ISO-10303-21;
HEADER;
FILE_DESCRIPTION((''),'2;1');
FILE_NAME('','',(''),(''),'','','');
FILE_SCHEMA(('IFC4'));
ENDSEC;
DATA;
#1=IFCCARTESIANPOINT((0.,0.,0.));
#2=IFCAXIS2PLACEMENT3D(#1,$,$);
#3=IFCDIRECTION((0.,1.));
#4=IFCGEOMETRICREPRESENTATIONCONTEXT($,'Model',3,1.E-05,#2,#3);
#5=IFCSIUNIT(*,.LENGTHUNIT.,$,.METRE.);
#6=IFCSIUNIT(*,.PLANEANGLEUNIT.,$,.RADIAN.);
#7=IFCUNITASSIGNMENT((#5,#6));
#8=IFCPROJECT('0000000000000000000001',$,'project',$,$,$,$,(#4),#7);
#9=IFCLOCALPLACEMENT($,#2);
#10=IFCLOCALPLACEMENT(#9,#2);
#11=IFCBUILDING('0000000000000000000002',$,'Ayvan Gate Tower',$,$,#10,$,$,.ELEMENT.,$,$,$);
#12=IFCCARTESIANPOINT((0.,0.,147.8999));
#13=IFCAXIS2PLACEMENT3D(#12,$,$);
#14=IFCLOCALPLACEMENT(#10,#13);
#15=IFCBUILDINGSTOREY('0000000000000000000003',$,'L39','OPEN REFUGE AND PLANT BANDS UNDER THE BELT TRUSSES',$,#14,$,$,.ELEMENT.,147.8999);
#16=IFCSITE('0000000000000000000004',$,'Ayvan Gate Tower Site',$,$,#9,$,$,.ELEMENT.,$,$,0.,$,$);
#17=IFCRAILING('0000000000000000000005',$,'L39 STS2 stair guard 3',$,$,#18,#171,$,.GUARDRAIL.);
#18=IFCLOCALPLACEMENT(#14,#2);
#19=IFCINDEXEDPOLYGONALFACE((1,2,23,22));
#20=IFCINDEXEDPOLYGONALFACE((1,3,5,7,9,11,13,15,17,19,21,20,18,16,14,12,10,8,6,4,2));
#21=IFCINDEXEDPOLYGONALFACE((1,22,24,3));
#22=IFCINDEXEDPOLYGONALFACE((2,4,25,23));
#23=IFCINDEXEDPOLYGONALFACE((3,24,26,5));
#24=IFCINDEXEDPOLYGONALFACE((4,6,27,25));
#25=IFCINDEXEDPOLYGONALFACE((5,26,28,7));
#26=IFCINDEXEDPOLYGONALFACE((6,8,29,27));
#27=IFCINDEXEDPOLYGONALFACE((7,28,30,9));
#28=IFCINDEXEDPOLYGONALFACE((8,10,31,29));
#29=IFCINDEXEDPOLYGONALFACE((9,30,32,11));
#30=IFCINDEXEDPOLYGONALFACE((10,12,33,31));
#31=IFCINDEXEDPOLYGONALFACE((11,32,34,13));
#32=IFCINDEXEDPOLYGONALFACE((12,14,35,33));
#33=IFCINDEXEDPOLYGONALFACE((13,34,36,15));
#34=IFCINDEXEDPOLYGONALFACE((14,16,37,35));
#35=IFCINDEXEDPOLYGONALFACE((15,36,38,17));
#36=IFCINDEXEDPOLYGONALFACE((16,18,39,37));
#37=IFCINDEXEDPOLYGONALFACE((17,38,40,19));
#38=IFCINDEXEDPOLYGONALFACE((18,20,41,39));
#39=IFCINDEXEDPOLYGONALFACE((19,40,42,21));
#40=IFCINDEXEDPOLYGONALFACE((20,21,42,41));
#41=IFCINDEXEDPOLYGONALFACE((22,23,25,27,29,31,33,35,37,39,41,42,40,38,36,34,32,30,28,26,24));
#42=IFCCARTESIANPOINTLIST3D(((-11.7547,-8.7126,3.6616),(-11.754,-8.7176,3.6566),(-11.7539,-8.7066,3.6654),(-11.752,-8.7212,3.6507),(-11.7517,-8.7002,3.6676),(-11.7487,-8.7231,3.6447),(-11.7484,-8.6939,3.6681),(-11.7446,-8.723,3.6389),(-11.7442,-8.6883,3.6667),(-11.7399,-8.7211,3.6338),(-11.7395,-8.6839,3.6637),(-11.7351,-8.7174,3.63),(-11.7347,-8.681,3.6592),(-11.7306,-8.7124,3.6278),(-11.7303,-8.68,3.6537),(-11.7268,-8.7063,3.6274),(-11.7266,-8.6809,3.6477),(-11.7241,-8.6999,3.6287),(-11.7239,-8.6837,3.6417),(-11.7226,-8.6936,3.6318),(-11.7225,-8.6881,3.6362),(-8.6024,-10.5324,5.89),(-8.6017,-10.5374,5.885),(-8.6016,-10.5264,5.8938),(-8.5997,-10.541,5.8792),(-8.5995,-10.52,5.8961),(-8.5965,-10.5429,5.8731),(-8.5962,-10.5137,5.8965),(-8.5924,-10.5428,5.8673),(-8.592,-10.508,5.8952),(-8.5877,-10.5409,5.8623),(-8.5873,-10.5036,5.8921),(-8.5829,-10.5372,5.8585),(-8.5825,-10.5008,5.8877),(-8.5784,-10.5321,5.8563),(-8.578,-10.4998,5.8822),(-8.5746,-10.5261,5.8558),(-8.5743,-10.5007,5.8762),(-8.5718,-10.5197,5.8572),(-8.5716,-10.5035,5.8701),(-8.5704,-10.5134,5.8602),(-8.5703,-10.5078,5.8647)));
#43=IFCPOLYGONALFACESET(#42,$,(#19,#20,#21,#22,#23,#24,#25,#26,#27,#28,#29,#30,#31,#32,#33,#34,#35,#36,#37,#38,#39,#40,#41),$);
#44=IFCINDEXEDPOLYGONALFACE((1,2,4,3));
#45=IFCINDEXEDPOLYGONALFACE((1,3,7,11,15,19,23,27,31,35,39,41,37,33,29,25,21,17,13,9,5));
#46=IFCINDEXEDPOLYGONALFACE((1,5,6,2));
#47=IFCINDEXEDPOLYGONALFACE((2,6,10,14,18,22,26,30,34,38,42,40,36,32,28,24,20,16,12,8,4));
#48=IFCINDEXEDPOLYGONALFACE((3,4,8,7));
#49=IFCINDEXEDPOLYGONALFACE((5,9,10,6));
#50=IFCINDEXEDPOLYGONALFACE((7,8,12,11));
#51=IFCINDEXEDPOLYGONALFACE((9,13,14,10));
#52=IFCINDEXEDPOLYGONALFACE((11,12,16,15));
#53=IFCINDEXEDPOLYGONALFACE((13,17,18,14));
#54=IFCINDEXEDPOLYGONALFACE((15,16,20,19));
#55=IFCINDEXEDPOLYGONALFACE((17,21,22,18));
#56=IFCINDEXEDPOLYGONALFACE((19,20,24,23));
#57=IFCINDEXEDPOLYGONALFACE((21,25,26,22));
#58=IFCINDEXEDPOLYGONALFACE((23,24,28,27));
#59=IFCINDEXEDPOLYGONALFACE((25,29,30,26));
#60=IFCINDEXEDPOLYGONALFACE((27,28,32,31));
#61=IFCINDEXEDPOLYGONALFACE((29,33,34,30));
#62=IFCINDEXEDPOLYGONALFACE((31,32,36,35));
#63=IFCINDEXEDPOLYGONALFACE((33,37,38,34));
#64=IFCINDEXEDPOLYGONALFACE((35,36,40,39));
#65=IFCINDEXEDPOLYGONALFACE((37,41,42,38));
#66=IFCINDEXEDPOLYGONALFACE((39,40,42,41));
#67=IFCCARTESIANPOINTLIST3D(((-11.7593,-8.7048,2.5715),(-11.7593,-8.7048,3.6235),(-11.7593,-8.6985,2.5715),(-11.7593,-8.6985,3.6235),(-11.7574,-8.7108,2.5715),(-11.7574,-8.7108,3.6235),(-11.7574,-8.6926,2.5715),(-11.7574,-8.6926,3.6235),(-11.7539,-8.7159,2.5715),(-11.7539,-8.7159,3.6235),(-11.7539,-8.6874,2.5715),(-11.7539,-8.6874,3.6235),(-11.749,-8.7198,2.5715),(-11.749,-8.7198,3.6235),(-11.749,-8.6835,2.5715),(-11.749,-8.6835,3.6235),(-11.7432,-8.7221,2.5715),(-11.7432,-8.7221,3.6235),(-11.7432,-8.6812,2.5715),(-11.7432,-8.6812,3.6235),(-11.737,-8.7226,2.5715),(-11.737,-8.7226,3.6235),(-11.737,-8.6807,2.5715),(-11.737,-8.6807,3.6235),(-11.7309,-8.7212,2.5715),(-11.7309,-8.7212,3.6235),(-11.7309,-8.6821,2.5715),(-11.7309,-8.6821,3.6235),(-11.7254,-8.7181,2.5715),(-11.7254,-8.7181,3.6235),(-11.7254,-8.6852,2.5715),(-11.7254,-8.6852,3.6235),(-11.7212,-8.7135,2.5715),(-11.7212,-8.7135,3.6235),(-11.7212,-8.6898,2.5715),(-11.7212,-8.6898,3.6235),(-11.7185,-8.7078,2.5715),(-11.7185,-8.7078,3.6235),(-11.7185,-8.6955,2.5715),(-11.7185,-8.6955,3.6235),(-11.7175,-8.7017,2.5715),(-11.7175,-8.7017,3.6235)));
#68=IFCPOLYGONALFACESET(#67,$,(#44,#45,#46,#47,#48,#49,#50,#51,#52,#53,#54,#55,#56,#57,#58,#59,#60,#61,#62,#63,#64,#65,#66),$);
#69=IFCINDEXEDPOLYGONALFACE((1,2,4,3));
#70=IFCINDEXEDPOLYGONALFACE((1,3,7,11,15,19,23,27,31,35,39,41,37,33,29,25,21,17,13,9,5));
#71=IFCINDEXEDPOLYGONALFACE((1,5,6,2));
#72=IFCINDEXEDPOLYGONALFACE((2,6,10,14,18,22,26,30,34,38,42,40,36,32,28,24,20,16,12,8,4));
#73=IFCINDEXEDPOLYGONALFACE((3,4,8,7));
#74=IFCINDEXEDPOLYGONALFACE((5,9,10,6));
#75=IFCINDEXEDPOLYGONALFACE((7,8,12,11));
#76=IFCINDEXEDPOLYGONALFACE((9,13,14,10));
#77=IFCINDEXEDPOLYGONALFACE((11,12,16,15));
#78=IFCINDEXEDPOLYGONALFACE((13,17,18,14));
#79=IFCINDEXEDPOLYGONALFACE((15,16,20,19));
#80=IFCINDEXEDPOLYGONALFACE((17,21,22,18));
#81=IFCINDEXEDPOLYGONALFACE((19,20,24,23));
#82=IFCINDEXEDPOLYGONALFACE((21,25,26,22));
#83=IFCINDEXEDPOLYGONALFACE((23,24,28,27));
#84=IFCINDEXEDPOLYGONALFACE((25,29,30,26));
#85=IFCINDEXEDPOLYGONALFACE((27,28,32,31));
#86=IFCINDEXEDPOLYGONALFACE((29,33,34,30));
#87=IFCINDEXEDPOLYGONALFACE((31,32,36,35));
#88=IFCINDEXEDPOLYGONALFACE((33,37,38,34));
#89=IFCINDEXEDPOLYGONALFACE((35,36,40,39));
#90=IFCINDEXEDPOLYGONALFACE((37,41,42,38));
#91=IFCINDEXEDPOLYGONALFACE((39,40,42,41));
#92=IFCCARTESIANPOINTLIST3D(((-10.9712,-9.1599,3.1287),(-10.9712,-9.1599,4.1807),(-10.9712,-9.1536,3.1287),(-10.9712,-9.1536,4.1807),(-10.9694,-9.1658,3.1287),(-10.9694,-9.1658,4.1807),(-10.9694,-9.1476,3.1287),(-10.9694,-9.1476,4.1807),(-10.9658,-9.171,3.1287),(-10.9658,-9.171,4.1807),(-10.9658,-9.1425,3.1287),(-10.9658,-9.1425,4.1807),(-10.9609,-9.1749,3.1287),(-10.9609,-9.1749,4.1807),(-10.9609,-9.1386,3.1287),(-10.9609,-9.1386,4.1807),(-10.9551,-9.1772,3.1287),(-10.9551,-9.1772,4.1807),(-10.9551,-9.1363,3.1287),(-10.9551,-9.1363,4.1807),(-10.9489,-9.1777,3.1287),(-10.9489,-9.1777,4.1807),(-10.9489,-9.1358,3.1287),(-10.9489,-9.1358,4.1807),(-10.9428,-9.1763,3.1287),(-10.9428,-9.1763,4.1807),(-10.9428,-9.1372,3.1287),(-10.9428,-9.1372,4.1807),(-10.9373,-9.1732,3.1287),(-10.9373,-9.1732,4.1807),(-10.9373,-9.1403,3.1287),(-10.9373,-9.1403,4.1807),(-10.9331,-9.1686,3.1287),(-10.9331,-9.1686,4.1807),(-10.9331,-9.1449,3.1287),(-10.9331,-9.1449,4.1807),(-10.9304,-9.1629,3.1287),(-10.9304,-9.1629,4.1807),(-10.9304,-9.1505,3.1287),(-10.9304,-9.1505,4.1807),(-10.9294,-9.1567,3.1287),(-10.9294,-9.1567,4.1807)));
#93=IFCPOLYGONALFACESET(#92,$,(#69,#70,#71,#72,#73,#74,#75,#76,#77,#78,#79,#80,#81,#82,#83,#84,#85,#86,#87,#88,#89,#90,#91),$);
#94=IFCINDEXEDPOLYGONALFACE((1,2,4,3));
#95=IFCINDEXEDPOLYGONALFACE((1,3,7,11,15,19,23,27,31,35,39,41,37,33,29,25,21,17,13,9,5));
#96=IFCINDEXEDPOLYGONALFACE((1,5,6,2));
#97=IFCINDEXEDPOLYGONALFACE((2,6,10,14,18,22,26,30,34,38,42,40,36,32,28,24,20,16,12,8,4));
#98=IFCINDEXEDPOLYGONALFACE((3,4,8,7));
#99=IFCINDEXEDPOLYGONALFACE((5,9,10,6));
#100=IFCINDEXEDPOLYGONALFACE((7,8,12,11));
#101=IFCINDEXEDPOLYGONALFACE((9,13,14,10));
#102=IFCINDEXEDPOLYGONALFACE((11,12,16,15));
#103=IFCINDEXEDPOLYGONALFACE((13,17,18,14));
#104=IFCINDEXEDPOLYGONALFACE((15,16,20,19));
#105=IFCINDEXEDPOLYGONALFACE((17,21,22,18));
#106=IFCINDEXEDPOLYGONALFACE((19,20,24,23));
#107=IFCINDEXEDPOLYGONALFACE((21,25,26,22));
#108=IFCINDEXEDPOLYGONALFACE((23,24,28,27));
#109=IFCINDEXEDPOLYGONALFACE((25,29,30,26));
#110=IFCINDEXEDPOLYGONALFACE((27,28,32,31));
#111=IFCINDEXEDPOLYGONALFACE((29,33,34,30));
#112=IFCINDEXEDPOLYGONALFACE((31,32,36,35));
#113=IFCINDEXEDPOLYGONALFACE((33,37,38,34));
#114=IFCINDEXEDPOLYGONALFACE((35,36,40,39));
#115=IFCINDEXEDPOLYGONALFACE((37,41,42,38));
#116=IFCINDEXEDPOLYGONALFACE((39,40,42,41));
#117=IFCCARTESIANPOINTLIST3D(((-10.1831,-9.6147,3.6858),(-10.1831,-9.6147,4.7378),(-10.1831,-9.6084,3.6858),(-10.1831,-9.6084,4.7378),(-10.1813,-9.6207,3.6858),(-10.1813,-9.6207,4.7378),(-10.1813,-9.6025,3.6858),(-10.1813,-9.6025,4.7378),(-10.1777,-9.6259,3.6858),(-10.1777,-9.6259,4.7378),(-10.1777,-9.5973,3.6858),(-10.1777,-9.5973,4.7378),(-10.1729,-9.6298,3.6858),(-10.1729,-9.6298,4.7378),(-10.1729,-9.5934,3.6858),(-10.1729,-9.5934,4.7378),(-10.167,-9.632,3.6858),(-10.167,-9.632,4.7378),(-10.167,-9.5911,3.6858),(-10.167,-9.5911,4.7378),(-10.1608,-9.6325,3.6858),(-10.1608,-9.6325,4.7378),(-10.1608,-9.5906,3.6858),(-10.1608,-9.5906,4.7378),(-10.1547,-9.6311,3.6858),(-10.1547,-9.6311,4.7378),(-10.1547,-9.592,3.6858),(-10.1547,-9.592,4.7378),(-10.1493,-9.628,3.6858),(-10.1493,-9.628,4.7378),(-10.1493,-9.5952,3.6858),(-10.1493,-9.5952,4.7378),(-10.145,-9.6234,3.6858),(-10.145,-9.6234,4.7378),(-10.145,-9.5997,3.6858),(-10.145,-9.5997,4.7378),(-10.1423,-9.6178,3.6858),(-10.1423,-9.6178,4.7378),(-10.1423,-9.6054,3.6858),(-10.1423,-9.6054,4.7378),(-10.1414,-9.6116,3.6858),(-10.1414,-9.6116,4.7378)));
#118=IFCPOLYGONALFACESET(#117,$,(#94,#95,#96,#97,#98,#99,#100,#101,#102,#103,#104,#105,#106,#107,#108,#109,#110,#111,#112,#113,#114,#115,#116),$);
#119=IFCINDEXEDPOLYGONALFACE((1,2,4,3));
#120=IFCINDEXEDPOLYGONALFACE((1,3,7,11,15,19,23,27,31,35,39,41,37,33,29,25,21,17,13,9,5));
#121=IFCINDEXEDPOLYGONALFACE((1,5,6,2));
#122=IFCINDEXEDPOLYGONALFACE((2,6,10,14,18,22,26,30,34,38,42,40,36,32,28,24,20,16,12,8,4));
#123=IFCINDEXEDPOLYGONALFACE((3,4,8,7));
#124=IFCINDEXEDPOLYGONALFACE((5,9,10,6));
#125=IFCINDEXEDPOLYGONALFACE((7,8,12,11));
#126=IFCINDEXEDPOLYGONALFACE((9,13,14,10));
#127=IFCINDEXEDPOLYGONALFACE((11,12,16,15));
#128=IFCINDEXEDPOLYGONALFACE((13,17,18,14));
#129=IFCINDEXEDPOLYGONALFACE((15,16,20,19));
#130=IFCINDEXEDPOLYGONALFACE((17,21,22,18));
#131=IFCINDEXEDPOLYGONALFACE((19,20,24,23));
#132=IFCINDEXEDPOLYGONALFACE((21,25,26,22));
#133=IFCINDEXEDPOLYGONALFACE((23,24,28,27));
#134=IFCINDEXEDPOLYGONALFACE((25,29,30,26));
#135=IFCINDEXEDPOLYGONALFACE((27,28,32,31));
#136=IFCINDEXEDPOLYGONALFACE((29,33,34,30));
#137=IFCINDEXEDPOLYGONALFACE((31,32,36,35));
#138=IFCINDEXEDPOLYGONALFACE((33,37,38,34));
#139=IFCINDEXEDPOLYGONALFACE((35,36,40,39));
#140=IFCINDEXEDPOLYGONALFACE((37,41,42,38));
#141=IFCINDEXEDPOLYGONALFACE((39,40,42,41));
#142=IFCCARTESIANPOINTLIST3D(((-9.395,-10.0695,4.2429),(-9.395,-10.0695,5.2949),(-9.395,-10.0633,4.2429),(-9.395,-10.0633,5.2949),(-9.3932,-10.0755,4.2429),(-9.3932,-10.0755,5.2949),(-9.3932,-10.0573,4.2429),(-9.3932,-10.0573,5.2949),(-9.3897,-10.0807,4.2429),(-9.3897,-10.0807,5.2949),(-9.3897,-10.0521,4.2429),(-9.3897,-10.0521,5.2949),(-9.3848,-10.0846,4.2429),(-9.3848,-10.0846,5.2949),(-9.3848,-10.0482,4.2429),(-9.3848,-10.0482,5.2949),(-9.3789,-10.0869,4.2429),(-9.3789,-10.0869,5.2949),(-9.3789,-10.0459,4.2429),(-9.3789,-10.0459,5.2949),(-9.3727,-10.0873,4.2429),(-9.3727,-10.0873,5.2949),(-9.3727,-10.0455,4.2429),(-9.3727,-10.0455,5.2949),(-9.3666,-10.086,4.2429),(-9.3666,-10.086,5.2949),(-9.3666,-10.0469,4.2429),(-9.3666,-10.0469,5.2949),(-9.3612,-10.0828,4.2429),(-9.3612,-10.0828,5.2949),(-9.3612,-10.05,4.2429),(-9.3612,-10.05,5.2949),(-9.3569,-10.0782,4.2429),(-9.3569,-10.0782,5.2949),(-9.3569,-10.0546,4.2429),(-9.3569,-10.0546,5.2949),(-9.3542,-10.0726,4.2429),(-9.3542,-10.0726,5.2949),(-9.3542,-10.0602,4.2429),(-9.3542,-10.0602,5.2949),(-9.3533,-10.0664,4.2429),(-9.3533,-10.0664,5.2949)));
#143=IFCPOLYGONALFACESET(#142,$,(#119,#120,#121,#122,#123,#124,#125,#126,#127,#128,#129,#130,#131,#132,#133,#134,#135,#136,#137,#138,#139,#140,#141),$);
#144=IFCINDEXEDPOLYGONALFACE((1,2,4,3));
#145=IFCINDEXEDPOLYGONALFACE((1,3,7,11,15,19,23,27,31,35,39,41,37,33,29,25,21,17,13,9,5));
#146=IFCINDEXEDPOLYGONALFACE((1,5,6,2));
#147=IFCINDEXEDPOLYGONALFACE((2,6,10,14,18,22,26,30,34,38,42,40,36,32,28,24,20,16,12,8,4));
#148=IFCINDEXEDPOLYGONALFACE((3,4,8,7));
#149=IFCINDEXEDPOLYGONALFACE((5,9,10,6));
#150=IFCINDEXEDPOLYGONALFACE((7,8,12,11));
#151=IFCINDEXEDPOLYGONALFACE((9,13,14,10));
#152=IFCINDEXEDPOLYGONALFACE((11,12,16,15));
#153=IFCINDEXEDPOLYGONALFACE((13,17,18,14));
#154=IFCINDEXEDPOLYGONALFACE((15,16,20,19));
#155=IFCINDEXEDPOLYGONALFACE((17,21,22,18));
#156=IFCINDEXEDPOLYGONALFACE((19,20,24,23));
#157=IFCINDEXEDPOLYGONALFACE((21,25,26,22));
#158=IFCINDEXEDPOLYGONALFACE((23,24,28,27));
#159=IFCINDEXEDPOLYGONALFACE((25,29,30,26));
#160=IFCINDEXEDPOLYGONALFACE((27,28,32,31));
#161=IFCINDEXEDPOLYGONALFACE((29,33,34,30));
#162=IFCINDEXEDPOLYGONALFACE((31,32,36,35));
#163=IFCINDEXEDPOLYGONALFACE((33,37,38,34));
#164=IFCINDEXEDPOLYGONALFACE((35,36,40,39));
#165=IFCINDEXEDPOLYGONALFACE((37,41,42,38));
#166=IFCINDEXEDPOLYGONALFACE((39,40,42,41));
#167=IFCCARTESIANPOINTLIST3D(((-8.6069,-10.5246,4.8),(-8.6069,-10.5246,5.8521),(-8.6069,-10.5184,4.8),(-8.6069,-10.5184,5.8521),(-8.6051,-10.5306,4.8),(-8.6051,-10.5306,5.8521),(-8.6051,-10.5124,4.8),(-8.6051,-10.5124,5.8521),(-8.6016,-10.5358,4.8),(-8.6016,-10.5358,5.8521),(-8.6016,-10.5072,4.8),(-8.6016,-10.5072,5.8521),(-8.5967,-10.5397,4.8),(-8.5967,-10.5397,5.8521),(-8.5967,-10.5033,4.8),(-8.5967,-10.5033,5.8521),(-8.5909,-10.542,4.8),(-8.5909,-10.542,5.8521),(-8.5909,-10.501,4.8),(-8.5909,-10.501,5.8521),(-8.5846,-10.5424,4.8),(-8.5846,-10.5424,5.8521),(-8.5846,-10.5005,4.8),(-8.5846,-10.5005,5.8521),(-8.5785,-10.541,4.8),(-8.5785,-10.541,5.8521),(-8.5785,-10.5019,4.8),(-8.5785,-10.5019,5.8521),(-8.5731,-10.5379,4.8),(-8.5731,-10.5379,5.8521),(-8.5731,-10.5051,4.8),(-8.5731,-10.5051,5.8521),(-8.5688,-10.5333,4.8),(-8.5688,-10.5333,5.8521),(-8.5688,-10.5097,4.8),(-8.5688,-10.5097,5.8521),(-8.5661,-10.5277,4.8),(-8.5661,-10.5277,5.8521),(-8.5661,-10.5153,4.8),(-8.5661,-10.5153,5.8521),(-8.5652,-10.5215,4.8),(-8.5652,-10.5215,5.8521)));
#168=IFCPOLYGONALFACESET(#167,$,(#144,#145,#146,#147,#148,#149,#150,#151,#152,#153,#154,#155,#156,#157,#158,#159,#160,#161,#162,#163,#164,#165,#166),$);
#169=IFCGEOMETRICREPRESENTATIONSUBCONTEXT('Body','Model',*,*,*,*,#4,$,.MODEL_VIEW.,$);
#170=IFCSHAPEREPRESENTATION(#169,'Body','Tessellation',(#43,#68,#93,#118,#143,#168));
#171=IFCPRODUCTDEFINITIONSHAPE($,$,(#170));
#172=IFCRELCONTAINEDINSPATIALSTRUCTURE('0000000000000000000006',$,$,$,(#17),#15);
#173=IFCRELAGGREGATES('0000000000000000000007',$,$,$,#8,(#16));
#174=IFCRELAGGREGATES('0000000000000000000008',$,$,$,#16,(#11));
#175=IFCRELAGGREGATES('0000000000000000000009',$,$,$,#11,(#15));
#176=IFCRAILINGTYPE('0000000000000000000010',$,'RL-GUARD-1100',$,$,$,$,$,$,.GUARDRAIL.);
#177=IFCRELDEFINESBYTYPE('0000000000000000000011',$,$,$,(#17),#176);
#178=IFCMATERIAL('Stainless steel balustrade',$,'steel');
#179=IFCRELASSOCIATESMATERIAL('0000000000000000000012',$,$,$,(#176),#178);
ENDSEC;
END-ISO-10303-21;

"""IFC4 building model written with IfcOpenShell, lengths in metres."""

from ifc_helpers import new_model, si_unit, direction, frame, origin, origin_2d, place, context, subcontext, project, spatial, circle, extrude, material, type_object, element, save


model = new_model("IFC4")

# Units and contexts
model_context = context("Model", 3, precision=1e-05, world=origin(), true_north=direction((0.0, 1.0)))
body_context = subcontext(model_context, "Body", "Model", "MODEL_VIEW")
ifc_project = project(units=[si_unit("LENGTHUNIT", "METRE"), si_unit("PLANEANGLEUNIT", "RADIAN")], contexts=[model_context])

# Site, building, storey
site_placement = place(None, origin())
site = spatial("IfcSite", under=ifc_project, at=site_placement, Name="Ayvan Gate Tower Site", CompositionType="ELEMENT", RefElevation=0.0)
building_placement = place(site_placement, origin())
building = spatial("IfcBuilding", under=site, at=building_placement, Name="Ayvan Gate Tower", CompositionType="ELEMENT")
storey_placement = place(building_placement, frame((0.0, 0.0, 147.8999)))
storey = spatial("IfcBuildingStorey", under=building, at=storey_placement, Name="L39", Description="OPEN REFUGE AND PLANT BANDS UNDER THE BELT TRUSSES", CompositionType="ELEMENT", Elevation=147.8999)

# Railing
ifc_material_1 = material(Name="Stainless steel balustrade", Category="steel")
railing_type_1 = type_object("IfcRailingType", Name="RL-GUARD-1100", PredefinedType="GUARDRAIL", material=ifc_material_1)
railing_1_placement = place(storey_placement, frame((-11.7385, -8.7017, 2.5715)))
element("IfcRailing", 1, at=railing_1_placement, inside=storey, type_object=railing_type_1, Name="L39 STS2 stair guard 3", PredefinedType="GUARDRAIL", context=body_context, shape_type="SweptSolid", body=[
    extrude(circle(Radius=0.0239, at=origin_2d()), frame((0.0, 0.0, 1.0762), z_axis=(0.73861, -0.426394, 0.522153), x_axis=(0.499962, 0.866047, 0.0)), (0.0, 0.0, 1.0), 4.2678),
    extrude(circle(Radius=0.021, at=origin_2d()), origin(), (0.0, 0.0, 1.0), 1.052),
    extrude(circle(Radius=0.021, at=origin_2d()), frame((0.7881, -0.4551, 0.5571)), (0.0, 0.0, 1.0), 1.052),
    extrude(circle(Radius=0.021, at=origin_2d()), frame((1.5762, -0.9099, 1.1143)), (0.0, 0.0, 1.0), 1.052),
    extrude(circle(Radius=0.021, at=origin_2d()), frame((2.3643, -1.3647, 1.6714)), (0.0, 0.0, 1.0), 1.052),
    extrude(circle(Radius=0.021, at=origin_2d()), frame((3.1523, -1.8198, 2.2285)), (0.0, 0.0, 1.0), 1.052),
])

save(model, "model.ifc")
